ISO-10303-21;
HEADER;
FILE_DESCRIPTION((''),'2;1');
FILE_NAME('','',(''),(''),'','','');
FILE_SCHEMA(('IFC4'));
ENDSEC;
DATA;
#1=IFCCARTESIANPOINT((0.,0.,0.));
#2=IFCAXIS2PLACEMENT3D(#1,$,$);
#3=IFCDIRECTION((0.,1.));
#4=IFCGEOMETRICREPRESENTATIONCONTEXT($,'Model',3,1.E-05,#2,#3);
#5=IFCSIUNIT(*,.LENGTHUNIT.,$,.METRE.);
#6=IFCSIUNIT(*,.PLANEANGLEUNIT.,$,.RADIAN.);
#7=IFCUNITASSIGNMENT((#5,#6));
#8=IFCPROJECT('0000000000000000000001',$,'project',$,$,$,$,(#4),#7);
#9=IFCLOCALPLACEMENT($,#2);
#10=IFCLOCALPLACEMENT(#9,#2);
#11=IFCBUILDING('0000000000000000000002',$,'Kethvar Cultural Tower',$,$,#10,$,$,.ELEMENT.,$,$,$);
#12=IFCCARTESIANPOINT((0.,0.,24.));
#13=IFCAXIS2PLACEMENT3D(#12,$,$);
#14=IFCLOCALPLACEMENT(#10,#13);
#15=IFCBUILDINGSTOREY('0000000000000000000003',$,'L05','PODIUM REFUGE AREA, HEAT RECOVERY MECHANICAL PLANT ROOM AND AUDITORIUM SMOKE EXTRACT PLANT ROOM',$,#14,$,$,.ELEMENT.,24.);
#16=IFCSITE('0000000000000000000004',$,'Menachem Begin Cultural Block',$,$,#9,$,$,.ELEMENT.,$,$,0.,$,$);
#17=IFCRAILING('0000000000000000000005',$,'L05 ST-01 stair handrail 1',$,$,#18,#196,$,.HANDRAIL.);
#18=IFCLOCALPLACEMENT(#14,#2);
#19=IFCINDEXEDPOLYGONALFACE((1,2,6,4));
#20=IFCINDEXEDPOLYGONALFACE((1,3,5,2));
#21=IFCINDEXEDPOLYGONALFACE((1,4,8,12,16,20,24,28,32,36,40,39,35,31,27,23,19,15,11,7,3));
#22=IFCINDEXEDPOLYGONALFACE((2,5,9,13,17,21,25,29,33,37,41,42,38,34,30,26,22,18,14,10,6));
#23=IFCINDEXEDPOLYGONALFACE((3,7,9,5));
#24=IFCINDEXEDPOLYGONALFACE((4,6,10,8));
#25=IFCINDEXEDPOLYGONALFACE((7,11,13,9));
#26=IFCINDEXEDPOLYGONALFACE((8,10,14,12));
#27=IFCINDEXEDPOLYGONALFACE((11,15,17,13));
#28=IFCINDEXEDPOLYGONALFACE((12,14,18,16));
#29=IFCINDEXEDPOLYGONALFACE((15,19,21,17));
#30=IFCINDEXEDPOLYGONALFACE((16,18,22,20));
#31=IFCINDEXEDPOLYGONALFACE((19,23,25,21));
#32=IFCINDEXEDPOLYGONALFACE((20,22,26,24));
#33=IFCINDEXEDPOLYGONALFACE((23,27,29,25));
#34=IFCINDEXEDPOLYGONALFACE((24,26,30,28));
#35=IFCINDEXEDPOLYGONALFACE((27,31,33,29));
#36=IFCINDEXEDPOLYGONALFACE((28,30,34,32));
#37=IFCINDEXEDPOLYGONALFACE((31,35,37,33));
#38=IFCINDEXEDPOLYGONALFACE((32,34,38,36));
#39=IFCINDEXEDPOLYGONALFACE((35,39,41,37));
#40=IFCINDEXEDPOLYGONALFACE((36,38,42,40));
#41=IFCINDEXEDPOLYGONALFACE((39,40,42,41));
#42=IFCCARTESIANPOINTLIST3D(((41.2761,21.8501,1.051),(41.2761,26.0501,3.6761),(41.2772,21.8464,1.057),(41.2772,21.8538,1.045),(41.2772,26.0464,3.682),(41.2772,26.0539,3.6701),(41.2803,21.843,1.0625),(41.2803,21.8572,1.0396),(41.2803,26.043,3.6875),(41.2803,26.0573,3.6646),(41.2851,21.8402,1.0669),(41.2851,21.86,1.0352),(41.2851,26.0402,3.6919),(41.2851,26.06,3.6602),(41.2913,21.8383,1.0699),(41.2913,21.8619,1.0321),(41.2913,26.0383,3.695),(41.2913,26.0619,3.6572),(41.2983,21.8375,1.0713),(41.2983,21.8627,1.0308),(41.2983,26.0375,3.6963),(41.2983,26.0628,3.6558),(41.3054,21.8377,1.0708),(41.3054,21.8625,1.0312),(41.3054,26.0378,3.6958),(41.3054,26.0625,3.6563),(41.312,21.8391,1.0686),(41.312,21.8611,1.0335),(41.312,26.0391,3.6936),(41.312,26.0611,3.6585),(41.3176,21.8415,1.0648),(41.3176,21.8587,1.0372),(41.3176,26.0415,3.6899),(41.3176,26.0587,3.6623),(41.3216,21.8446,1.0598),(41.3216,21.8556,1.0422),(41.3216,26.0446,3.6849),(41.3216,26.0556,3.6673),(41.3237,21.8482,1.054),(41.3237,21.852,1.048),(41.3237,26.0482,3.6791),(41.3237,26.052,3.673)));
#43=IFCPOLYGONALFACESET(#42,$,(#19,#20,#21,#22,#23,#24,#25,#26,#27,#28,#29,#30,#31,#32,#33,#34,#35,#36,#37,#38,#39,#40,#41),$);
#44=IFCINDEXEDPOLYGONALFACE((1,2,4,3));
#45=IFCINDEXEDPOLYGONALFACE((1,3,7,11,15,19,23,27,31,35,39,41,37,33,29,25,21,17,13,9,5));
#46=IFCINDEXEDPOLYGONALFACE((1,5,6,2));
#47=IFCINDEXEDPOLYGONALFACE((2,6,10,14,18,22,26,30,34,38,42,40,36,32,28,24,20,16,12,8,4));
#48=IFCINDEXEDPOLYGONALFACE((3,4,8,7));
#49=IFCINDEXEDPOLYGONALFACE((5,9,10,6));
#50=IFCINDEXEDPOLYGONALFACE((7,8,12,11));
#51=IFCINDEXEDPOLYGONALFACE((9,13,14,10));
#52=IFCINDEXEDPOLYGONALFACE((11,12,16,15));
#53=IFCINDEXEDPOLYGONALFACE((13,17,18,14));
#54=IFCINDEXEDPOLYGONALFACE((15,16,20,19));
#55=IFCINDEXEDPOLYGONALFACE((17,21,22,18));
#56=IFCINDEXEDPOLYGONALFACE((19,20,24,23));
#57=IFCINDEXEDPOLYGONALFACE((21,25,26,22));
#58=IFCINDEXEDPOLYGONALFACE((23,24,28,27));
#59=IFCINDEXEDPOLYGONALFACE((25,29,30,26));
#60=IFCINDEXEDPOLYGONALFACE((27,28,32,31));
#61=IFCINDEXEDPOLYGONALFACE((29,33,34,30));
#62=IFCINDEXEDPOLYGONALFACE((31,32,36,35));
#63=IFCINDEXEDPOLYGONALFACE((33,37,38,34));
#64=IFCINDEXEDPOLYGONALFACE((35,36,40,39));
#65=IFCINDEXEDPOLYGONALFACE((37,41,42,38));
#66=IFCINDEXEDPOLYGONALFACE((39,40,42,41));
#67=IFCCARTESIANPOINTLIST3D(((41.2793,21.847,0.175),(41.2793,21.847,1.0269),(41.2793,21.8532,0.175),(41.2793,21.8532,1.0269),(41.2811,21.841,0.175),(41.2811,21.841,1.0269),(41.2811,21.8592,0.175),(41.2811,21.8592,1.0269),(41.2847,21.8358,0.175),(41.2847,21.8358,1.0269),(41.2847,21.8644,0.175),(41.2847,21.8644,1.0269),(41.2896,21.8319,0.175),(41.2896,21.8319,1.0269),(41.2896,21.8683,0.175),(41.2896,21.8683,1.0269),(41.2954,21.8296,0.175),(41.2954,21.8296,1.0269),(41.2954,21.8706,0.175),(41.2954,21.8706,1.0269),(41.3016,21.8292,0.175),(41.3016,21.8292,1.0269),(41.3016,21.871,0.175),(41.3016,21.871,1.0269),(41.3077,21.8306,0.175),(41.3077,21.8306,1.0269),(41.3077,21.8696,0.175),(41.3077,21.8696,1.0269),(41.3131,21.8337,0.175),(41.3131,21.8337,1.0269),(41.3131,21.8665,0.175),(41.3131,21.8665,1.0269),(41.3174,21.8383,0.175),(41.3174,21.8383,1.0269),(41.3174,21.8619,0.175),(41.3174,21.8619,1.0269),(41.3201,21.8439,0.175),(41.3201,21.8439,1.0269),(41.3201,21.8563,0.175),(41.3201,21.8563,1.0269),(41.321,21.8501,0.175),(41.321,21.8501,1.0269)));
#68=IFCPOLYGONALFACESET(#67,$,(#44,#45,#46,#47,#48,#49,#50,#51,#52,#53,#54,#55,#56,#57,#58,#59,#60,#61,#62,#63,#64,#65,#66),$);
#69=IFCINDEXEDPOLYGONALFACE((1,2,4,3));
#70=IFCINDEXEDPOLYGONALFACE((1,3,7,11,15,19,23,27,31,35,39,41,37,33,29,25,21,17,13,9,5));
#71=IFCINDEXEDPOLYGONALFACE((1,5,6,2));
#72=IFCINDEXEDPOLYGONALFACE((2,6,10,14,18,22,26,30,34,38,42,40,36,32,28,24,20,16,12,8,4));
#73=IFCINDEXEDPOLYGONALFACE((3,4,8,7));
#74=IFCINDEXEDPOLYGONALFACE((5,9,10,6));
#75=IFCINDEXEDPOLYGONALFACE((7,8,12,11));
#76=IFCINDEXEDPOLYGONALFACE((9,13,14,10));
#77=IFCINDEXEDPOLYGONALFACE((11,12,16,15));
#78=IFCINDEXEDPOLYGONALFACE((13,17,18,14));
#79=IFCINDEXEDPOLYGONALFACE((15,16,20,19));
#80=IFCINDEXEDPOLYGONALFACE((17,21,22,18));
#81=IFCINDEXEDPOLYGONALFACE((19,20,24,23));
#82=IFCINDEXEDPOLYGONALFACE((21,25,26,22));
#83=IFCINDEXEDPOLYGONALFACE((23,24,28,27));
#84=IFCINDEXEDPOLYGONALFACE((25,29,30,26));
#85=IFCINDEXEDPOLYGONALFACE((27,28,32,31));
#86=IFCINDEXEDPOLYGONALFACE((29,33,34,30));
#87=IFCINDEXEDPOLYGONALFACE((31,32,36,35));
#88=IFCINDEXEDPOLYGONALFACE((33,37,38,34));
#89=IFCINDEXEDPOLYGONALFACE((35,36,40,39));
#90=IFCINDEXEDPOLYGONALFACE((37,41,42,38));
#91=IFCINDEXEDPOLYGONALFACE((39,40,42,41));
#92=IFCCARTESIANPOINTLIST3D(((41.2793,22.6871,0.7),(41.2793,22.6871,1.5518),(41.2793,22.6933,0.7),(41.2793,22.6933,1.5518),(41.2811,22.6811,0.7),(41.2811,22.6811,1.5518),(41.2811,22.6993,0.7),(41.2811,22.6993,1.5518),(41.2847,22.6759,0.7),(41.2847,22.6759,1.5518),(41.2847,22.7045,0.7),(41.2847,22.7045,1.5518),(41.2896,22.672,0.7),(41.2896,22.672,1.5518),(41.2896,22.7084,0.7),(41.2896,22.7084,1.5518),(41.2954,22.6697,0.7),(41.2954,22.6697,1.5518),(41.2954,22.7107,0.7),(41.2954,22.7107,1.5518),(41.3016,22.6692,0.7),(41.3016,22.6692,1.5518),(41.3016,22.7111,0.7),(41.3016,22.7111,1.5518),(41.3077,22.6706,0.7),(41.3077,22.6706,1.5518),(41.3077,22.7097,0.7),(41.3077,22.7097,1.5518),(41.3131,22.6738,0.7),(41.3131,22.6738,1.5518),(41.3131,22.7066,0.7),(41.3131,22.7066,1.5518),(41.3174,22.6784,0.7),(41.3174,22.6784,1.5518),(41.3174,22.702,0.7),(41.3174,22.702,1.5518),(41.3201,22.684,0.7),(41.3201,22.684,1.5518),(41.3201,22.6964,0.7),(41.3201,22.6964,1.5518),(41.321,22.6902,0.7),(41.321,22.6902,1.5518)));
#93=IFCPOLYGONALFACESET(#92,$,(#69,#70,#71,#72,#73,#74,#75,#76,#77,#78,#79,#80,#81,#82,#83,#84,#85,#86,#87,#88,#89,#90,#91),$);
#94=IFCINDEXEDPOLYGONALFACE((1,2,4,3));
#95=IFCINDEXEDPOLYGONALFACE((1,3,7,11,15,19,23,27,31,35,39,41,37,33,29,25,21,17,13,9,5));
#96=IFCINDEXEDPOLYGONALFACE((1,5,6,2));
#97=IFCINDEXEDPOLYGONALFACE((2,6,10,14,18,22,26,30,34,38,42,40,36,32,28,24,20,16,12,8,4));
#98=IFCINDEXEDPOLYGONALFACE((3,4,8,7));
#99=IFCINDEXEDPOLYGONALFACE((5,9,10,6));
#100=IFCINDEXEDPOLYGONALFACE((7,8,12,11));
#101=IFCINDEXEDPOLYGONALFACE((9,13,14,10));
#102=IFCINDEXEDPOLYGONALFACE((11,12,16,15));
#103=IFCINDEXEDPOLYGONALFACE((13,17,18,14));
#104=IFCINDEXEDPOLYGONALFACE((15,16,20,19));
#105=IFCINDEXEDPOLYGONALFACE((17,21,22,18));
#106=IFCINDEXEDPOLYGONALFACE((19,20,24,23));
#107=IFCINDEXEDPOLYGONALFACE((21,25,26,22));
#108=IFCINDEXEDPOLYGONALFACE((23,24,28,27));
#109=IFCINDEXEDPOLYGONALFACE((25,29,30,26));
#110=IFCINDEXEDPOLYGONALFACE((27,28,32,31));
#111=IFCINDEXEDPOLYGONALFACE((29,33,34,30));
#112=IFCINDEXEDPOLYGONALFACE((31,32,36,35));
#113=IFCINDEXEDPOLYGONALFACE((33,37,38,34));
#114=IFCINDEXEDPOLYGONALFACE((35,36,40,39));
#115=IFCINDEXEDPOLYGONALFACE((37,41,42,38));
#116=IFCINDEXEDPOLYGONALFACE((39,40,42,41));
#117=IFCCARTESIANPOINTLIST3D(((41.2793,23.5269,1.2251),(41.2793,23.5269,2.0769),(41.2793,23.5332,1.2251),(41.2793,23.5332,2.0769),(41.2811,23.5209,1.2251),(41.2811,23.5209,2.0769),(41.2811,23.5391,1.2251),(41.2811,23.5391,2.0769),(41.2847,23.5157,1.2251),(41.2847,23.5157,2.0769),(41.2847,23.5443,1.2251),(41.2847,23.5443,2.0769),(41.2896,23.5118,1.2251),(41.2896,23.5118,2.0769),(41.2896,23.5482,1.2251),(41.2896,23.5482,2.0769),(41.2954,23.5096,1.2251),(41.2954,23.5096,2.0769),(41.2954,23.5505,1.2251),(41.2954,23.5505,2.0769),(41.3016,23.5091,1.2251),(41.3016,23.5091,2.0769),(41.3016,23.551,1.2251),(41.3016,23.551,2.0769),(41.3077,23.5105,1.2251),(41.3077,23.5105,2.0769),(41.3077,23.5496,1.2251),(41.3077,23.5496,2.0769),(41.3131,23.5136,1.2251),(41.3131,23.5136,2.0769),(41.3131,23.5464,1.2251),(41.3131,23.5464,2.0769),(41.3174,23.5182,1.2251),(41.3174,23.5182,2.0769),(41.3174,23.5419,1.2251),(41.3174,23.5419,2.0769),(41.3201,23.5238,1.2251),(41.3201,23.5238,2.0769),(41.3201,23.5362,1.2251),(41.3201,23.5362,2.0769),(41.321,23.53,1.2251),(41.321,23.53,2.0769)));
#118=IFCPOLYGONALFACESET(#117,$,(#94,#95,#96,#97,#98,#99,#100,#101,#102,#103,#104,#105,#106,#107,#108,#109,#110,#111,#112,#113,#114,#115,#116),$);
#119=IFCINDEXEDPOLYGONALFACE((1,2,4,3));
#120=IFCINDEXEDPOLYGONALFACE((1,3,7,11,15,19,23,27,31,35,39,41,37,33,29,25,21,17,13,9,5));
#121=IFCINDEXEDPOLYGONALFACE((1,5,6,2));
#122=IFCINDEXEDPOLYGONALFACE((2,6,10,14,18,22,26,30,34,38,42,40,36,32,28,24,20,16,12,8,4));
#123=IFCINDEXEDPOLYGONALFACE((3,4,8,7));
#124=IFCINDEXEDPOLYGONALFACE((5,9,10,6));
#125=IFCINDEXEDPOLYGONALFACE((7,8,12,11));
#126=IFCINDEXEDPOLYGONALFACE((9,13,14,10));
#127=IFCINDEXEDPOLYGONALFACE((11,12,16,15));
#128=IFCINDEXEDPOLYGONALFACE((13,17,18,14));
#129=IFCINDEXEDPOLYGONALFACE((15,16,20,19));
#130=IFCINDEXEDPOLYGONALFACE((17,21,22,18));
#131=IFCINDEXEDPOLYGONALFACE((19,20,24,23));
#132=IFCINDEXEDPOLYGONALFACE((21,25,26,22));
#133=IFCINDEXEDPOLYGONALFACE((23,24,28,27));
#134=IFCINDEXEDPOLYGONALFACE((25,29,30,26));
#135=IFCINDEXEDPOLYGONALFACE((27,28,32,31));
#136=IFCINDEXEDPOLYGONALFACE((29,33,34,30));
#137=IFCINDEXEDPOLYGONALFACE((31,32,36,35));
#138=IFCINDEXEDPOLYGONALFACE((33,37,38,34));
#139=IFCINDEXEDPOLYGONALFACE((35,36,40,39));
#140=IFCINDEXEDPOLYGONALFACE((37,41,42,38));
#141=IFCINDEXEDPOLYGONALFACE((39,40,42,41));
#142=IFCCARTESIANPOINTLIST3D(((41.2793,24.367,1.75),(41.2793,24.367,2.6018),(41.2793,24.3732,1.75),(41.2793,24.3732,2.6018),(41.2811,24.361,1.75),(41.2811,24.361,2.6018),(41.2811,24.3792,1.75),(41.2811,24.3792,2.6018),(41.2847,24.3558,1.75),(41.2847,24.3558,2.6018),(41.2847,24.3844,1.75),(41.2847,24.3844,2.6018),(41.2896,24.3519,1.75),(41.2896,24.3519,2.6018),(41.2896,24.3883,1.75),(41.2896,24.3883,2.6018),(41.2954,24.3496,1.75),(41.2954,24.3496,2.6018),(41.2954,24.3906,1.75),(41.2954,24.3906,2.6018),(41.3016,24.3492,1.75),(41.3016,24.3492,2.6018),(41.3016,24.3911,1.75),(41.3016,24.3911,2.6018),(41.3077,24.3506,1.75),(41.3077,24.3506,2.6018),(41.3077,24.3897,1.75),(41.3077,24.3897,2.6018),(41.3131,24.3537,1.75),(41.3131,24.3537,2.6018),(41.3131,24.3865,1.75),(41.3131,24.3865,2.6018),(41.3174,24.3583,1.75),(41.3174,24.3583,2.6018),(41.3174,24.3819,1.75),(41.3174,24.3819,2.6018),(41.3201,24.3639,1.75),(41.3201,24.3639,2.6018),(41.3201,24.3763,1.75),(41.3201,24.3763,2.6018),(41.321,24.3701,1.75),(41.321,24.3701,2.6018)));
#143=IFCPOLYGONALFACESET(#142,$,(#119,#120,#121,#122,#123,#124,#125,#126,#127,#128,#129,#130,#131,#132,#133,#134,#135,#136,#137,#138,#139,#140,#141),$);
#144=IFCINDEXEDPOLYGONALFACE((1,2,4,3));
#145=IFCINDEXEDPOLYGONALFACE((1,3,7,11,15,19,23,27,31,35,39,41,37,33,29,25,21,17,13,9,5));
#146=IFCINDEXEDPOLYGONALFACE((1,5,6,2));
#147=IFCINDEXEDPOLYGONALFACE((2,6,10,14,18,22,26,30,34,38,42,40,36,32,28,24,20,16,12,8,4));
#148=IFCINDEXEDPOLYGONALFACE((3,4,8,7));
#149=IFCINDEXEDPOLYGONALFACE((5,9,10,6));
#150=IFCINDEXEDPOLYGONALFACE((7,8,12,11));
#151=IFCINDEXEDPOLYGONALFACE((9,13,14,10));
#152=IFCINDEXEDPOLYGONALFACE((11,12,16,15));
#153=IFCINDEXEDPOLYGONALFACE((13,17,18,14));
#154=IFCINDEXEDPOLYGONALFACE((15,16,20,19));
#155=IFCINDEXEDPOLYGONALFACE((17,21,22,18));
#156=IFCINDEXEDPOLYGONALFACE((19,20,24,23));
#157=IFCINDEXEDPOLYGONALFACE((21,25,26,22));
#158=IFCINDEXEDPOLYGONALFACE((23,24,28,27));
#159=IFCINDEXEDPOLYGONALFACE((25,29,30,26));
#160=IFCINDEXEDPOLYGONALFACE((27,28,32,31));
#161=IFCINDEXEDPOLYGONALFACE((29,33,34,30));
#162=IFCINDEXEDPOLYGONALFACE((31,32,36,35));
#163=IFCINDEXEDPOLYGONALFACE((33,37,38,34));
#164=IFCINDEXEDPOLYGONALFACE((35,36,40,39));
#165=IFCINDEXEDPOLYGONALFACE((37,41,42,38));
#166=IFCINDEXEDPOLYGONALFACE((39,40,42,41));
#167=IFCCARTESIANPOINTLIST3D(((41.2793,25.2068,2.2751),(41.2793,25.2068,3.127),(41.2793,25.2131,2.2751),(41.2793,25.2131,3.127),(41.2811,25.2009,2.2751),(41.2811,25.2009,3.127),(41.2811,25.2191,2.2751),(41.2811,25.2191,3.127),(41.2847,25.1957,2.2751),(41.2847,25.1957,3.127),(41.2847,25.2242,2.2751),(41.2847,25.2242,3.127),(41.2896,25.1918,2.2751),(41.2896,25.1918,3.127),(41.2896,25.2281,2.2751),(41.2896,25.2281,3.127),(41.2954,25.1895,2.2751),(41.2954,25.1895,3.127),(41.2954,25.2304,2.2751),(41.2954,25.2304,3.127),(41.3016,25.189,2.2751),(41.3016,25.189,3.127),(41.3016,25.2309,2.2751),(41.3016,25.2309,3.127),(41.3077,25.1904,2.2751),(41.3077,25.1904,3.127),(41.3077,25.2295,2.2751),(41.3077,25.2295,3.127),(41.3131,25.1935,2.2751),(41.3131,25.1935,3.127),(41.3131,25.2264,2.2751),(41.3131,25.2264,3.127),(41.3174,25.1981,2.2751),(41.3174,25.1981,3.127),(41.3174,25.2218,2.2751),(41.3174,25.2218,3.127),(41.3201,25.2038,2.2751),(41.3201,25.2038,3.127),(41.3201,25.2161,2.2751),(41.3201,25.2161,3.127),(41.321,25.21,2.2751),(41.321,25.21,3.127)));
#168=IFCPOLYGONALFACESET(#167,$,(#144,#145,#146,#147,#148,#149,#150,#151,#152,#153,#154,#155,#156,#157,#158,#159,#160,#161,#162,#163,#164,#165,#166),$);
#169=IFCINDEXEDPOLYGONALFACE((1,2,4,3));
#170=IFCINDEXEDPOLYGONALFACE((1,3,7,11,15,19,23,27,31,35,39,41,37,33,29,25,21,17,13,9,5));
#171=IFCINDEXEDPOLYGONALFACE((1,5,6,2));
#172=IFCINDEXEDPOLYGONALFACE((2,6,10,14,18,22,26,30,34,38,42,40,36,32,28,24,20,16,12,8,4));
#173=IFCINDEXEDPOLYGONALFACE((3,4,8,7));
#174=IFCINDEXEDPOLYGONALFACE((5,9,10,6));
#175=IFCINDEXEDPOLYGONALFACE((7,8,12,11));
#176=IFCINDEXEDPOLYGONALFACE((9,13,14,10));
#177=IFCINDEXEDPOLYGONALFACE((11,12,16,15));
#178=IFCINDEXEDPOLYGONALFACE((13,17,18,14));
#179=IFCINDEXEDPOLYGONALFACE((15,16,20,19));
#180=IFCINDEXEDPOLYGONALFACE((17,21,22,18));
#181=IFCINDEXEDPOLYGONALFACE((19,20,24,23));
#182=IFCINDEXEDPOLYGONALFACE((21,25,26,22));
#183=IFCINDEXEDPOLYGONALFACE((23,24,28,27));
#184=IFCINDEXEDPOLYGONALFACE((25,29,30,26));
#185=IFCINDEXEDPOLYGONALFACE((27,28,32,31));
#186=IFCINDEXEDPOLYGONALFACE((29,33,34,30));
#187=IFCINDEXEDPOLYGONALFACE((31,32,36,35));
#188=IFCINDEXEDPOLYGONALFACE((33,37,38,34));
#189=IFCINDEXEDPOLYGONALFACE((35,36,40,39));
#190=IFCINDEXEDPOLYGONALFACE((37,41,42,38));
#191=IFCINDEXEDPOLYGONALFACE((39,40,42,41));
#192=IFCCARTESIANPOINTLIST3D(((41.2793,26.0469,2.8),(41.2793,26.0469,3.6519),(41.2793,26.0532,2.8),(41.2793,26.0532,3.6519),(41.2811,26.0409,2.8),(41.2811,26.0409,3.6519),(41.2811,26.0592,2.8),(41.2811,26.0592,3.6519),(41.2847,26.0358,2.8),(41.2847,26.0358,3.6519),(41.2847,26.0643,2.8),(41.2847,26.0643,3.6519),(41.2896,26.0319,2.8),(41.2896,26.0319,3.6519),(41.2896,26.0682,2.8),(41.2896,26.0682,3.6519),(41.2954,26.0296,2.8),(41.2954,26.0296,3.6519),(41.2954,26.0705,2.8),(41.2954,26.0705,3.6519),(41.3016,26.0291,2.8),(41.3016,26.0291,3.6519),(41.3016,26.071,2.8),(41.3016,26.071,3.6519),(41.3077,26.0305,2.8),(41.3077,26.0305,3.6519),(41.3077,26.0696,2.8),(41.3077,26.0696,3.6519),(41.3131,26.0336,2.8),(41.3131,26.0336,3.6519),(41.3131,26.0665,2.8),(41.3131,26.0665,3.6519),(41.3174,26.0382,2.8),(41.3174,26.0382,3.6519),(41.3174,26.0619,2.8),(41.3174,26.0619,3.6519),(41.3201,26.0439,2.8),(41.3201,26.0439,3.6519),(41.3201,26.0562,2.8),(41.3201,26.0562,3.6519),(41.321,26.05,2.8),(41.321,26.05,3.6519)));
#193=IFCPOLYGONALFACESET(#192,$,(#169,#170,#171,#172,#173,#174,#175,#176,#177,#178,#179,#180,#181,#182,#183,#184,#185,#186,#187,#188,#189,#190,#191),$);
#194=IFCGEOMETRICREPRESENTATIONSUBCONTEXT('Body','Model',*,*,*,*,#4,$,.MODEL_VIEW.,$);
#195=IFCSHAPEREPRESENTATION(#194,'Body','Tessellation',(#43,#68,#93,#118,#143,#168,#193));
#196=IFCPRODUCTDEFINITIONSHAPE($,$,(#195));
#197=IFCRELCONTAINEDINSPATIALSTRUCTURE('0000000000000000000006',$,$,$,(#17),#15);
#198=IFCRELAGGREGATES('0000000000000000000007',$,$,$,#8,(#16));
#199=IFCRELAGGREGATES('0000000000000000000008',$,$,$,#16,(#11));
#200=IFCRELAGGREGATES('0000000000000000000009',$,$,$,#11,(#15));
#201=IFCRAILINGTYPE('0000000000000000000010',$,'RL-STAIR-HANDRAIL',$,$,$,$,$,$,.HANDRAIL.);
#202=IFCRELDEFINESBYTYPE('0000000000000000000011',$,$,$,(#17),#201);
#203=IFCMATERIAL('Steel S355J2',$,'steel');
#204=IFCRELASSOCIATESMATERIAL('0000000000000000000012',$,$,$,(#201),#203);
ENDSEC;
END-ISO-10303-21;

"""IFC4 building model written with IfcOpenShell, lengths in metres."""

from ifc_helpers import new_model, si_unit, direction, frame, origin, origin_2d, place, context, subcontext, project, spatial, circle, extrude, material, type_object, element, save


model = new_model("IFC4")

# Units and contexts
model_context = context("Model", 3, precision=1e-05, world=origin(), true_north=direction((0.0, 1.0)))
body_context = subcontext(model_context, "Body", "Model", "MODEL_VIEW")
ifc_project = project(units=[si_unit("LENGTHUNIT", "METRE"), si_unit("PLANEANGLEUNIT", "RADIAN")], contexts=[model_context])

# Site, building, storey
site_placement = place(None, origin())
site = spatial("IfcSite", under=ifc_project, at=site_placement, Name="Menachem Begin Cultural Block", CompositionType="ELEMENT", RefElevation=0.0)
building_placement = place(site_placement, origin())
building = spatial("IfcBuilding", under=site, at=building_placement, Name="Kethvar Cultural Tower", CompositionType="ELEMENT")
storey_placement = place(building_placement, frame((0.0, 0.0, 24.0)))
storey = spatial("IfcBuildingStorey", under=building, at=storey_placement, Name="L05", Description="PODIUM REFUGE AREA, HEAT RECOVERY MECHANICAL PLANT ROOM AND AUDITORIUM SMOKE EXTRACT PLANT ROOM", CompositionType="ELEMENT", Elevation=24.0)

# Shared definitions
ifc_material_1 = material(Name="Steel S355J2", Category="steel")

# Railing
railing_type_1 = type_object("IfcRailingType", Name="RL-STAIR-HANDRAIL", PredefinedType="HANDRAIL", material=ifc_material_1)
railing_1_placement = place(storey_placement, frame((41.3, 21.8501, 0.175)))
element("IfcRailing", 1, at=railing_1_placement, inside=storey, type_object=railing_type_1, Name="L05 ST-01 stair handrail 1", PredefinedType="HANDRAIL", context=body_context, shape_type="SweptSolid", body=[
    extrude(circle(Radius=0.0239, at=origin_2d()), frame((0.0, 0.0, 0.876), z_axis=(0.0, 0.847996, 0.530003), x_axis=(-1.0, 0.0, 0.0)), (0.0, 0.0, 1.0), 4.9529),
    extrude(circle(Radius=0.021, at=origin_2d()), origin(), (0.0, 0.0, 1.0), 0.8518),
    extrude(circle(Radius=0.021, at=origin_2d()), frame((0.0, 0.8401, 0.5249)), (0.0, 0.0, 1.0), 0.8518),
    extrude(circle(Radius=0.021, at=origin_2d()), frame((0.0, 1.6799, 1.05)), (0.0, 0.0, 1.0), 0.8518),
    extrude(circle(Radius=0.021, at=origin_2d()), frame((0.0, 2.52, 1.575)), (0.0, 0.0, 1.0), 0.8518),
    extrude(circle(Radius=0.021, at=origin_2d()), frame((0.0, 3.3599, 2.1001)), (0.0, 0.0, 1.0), 0.8518),
    extrude(circle(Radius=0.021, at=origin_2d()), frame((0.0, 4.2, 2.625)), (0.0, 0.0, 1.0), 0.8518),
])

save(model, "model.ifc")
